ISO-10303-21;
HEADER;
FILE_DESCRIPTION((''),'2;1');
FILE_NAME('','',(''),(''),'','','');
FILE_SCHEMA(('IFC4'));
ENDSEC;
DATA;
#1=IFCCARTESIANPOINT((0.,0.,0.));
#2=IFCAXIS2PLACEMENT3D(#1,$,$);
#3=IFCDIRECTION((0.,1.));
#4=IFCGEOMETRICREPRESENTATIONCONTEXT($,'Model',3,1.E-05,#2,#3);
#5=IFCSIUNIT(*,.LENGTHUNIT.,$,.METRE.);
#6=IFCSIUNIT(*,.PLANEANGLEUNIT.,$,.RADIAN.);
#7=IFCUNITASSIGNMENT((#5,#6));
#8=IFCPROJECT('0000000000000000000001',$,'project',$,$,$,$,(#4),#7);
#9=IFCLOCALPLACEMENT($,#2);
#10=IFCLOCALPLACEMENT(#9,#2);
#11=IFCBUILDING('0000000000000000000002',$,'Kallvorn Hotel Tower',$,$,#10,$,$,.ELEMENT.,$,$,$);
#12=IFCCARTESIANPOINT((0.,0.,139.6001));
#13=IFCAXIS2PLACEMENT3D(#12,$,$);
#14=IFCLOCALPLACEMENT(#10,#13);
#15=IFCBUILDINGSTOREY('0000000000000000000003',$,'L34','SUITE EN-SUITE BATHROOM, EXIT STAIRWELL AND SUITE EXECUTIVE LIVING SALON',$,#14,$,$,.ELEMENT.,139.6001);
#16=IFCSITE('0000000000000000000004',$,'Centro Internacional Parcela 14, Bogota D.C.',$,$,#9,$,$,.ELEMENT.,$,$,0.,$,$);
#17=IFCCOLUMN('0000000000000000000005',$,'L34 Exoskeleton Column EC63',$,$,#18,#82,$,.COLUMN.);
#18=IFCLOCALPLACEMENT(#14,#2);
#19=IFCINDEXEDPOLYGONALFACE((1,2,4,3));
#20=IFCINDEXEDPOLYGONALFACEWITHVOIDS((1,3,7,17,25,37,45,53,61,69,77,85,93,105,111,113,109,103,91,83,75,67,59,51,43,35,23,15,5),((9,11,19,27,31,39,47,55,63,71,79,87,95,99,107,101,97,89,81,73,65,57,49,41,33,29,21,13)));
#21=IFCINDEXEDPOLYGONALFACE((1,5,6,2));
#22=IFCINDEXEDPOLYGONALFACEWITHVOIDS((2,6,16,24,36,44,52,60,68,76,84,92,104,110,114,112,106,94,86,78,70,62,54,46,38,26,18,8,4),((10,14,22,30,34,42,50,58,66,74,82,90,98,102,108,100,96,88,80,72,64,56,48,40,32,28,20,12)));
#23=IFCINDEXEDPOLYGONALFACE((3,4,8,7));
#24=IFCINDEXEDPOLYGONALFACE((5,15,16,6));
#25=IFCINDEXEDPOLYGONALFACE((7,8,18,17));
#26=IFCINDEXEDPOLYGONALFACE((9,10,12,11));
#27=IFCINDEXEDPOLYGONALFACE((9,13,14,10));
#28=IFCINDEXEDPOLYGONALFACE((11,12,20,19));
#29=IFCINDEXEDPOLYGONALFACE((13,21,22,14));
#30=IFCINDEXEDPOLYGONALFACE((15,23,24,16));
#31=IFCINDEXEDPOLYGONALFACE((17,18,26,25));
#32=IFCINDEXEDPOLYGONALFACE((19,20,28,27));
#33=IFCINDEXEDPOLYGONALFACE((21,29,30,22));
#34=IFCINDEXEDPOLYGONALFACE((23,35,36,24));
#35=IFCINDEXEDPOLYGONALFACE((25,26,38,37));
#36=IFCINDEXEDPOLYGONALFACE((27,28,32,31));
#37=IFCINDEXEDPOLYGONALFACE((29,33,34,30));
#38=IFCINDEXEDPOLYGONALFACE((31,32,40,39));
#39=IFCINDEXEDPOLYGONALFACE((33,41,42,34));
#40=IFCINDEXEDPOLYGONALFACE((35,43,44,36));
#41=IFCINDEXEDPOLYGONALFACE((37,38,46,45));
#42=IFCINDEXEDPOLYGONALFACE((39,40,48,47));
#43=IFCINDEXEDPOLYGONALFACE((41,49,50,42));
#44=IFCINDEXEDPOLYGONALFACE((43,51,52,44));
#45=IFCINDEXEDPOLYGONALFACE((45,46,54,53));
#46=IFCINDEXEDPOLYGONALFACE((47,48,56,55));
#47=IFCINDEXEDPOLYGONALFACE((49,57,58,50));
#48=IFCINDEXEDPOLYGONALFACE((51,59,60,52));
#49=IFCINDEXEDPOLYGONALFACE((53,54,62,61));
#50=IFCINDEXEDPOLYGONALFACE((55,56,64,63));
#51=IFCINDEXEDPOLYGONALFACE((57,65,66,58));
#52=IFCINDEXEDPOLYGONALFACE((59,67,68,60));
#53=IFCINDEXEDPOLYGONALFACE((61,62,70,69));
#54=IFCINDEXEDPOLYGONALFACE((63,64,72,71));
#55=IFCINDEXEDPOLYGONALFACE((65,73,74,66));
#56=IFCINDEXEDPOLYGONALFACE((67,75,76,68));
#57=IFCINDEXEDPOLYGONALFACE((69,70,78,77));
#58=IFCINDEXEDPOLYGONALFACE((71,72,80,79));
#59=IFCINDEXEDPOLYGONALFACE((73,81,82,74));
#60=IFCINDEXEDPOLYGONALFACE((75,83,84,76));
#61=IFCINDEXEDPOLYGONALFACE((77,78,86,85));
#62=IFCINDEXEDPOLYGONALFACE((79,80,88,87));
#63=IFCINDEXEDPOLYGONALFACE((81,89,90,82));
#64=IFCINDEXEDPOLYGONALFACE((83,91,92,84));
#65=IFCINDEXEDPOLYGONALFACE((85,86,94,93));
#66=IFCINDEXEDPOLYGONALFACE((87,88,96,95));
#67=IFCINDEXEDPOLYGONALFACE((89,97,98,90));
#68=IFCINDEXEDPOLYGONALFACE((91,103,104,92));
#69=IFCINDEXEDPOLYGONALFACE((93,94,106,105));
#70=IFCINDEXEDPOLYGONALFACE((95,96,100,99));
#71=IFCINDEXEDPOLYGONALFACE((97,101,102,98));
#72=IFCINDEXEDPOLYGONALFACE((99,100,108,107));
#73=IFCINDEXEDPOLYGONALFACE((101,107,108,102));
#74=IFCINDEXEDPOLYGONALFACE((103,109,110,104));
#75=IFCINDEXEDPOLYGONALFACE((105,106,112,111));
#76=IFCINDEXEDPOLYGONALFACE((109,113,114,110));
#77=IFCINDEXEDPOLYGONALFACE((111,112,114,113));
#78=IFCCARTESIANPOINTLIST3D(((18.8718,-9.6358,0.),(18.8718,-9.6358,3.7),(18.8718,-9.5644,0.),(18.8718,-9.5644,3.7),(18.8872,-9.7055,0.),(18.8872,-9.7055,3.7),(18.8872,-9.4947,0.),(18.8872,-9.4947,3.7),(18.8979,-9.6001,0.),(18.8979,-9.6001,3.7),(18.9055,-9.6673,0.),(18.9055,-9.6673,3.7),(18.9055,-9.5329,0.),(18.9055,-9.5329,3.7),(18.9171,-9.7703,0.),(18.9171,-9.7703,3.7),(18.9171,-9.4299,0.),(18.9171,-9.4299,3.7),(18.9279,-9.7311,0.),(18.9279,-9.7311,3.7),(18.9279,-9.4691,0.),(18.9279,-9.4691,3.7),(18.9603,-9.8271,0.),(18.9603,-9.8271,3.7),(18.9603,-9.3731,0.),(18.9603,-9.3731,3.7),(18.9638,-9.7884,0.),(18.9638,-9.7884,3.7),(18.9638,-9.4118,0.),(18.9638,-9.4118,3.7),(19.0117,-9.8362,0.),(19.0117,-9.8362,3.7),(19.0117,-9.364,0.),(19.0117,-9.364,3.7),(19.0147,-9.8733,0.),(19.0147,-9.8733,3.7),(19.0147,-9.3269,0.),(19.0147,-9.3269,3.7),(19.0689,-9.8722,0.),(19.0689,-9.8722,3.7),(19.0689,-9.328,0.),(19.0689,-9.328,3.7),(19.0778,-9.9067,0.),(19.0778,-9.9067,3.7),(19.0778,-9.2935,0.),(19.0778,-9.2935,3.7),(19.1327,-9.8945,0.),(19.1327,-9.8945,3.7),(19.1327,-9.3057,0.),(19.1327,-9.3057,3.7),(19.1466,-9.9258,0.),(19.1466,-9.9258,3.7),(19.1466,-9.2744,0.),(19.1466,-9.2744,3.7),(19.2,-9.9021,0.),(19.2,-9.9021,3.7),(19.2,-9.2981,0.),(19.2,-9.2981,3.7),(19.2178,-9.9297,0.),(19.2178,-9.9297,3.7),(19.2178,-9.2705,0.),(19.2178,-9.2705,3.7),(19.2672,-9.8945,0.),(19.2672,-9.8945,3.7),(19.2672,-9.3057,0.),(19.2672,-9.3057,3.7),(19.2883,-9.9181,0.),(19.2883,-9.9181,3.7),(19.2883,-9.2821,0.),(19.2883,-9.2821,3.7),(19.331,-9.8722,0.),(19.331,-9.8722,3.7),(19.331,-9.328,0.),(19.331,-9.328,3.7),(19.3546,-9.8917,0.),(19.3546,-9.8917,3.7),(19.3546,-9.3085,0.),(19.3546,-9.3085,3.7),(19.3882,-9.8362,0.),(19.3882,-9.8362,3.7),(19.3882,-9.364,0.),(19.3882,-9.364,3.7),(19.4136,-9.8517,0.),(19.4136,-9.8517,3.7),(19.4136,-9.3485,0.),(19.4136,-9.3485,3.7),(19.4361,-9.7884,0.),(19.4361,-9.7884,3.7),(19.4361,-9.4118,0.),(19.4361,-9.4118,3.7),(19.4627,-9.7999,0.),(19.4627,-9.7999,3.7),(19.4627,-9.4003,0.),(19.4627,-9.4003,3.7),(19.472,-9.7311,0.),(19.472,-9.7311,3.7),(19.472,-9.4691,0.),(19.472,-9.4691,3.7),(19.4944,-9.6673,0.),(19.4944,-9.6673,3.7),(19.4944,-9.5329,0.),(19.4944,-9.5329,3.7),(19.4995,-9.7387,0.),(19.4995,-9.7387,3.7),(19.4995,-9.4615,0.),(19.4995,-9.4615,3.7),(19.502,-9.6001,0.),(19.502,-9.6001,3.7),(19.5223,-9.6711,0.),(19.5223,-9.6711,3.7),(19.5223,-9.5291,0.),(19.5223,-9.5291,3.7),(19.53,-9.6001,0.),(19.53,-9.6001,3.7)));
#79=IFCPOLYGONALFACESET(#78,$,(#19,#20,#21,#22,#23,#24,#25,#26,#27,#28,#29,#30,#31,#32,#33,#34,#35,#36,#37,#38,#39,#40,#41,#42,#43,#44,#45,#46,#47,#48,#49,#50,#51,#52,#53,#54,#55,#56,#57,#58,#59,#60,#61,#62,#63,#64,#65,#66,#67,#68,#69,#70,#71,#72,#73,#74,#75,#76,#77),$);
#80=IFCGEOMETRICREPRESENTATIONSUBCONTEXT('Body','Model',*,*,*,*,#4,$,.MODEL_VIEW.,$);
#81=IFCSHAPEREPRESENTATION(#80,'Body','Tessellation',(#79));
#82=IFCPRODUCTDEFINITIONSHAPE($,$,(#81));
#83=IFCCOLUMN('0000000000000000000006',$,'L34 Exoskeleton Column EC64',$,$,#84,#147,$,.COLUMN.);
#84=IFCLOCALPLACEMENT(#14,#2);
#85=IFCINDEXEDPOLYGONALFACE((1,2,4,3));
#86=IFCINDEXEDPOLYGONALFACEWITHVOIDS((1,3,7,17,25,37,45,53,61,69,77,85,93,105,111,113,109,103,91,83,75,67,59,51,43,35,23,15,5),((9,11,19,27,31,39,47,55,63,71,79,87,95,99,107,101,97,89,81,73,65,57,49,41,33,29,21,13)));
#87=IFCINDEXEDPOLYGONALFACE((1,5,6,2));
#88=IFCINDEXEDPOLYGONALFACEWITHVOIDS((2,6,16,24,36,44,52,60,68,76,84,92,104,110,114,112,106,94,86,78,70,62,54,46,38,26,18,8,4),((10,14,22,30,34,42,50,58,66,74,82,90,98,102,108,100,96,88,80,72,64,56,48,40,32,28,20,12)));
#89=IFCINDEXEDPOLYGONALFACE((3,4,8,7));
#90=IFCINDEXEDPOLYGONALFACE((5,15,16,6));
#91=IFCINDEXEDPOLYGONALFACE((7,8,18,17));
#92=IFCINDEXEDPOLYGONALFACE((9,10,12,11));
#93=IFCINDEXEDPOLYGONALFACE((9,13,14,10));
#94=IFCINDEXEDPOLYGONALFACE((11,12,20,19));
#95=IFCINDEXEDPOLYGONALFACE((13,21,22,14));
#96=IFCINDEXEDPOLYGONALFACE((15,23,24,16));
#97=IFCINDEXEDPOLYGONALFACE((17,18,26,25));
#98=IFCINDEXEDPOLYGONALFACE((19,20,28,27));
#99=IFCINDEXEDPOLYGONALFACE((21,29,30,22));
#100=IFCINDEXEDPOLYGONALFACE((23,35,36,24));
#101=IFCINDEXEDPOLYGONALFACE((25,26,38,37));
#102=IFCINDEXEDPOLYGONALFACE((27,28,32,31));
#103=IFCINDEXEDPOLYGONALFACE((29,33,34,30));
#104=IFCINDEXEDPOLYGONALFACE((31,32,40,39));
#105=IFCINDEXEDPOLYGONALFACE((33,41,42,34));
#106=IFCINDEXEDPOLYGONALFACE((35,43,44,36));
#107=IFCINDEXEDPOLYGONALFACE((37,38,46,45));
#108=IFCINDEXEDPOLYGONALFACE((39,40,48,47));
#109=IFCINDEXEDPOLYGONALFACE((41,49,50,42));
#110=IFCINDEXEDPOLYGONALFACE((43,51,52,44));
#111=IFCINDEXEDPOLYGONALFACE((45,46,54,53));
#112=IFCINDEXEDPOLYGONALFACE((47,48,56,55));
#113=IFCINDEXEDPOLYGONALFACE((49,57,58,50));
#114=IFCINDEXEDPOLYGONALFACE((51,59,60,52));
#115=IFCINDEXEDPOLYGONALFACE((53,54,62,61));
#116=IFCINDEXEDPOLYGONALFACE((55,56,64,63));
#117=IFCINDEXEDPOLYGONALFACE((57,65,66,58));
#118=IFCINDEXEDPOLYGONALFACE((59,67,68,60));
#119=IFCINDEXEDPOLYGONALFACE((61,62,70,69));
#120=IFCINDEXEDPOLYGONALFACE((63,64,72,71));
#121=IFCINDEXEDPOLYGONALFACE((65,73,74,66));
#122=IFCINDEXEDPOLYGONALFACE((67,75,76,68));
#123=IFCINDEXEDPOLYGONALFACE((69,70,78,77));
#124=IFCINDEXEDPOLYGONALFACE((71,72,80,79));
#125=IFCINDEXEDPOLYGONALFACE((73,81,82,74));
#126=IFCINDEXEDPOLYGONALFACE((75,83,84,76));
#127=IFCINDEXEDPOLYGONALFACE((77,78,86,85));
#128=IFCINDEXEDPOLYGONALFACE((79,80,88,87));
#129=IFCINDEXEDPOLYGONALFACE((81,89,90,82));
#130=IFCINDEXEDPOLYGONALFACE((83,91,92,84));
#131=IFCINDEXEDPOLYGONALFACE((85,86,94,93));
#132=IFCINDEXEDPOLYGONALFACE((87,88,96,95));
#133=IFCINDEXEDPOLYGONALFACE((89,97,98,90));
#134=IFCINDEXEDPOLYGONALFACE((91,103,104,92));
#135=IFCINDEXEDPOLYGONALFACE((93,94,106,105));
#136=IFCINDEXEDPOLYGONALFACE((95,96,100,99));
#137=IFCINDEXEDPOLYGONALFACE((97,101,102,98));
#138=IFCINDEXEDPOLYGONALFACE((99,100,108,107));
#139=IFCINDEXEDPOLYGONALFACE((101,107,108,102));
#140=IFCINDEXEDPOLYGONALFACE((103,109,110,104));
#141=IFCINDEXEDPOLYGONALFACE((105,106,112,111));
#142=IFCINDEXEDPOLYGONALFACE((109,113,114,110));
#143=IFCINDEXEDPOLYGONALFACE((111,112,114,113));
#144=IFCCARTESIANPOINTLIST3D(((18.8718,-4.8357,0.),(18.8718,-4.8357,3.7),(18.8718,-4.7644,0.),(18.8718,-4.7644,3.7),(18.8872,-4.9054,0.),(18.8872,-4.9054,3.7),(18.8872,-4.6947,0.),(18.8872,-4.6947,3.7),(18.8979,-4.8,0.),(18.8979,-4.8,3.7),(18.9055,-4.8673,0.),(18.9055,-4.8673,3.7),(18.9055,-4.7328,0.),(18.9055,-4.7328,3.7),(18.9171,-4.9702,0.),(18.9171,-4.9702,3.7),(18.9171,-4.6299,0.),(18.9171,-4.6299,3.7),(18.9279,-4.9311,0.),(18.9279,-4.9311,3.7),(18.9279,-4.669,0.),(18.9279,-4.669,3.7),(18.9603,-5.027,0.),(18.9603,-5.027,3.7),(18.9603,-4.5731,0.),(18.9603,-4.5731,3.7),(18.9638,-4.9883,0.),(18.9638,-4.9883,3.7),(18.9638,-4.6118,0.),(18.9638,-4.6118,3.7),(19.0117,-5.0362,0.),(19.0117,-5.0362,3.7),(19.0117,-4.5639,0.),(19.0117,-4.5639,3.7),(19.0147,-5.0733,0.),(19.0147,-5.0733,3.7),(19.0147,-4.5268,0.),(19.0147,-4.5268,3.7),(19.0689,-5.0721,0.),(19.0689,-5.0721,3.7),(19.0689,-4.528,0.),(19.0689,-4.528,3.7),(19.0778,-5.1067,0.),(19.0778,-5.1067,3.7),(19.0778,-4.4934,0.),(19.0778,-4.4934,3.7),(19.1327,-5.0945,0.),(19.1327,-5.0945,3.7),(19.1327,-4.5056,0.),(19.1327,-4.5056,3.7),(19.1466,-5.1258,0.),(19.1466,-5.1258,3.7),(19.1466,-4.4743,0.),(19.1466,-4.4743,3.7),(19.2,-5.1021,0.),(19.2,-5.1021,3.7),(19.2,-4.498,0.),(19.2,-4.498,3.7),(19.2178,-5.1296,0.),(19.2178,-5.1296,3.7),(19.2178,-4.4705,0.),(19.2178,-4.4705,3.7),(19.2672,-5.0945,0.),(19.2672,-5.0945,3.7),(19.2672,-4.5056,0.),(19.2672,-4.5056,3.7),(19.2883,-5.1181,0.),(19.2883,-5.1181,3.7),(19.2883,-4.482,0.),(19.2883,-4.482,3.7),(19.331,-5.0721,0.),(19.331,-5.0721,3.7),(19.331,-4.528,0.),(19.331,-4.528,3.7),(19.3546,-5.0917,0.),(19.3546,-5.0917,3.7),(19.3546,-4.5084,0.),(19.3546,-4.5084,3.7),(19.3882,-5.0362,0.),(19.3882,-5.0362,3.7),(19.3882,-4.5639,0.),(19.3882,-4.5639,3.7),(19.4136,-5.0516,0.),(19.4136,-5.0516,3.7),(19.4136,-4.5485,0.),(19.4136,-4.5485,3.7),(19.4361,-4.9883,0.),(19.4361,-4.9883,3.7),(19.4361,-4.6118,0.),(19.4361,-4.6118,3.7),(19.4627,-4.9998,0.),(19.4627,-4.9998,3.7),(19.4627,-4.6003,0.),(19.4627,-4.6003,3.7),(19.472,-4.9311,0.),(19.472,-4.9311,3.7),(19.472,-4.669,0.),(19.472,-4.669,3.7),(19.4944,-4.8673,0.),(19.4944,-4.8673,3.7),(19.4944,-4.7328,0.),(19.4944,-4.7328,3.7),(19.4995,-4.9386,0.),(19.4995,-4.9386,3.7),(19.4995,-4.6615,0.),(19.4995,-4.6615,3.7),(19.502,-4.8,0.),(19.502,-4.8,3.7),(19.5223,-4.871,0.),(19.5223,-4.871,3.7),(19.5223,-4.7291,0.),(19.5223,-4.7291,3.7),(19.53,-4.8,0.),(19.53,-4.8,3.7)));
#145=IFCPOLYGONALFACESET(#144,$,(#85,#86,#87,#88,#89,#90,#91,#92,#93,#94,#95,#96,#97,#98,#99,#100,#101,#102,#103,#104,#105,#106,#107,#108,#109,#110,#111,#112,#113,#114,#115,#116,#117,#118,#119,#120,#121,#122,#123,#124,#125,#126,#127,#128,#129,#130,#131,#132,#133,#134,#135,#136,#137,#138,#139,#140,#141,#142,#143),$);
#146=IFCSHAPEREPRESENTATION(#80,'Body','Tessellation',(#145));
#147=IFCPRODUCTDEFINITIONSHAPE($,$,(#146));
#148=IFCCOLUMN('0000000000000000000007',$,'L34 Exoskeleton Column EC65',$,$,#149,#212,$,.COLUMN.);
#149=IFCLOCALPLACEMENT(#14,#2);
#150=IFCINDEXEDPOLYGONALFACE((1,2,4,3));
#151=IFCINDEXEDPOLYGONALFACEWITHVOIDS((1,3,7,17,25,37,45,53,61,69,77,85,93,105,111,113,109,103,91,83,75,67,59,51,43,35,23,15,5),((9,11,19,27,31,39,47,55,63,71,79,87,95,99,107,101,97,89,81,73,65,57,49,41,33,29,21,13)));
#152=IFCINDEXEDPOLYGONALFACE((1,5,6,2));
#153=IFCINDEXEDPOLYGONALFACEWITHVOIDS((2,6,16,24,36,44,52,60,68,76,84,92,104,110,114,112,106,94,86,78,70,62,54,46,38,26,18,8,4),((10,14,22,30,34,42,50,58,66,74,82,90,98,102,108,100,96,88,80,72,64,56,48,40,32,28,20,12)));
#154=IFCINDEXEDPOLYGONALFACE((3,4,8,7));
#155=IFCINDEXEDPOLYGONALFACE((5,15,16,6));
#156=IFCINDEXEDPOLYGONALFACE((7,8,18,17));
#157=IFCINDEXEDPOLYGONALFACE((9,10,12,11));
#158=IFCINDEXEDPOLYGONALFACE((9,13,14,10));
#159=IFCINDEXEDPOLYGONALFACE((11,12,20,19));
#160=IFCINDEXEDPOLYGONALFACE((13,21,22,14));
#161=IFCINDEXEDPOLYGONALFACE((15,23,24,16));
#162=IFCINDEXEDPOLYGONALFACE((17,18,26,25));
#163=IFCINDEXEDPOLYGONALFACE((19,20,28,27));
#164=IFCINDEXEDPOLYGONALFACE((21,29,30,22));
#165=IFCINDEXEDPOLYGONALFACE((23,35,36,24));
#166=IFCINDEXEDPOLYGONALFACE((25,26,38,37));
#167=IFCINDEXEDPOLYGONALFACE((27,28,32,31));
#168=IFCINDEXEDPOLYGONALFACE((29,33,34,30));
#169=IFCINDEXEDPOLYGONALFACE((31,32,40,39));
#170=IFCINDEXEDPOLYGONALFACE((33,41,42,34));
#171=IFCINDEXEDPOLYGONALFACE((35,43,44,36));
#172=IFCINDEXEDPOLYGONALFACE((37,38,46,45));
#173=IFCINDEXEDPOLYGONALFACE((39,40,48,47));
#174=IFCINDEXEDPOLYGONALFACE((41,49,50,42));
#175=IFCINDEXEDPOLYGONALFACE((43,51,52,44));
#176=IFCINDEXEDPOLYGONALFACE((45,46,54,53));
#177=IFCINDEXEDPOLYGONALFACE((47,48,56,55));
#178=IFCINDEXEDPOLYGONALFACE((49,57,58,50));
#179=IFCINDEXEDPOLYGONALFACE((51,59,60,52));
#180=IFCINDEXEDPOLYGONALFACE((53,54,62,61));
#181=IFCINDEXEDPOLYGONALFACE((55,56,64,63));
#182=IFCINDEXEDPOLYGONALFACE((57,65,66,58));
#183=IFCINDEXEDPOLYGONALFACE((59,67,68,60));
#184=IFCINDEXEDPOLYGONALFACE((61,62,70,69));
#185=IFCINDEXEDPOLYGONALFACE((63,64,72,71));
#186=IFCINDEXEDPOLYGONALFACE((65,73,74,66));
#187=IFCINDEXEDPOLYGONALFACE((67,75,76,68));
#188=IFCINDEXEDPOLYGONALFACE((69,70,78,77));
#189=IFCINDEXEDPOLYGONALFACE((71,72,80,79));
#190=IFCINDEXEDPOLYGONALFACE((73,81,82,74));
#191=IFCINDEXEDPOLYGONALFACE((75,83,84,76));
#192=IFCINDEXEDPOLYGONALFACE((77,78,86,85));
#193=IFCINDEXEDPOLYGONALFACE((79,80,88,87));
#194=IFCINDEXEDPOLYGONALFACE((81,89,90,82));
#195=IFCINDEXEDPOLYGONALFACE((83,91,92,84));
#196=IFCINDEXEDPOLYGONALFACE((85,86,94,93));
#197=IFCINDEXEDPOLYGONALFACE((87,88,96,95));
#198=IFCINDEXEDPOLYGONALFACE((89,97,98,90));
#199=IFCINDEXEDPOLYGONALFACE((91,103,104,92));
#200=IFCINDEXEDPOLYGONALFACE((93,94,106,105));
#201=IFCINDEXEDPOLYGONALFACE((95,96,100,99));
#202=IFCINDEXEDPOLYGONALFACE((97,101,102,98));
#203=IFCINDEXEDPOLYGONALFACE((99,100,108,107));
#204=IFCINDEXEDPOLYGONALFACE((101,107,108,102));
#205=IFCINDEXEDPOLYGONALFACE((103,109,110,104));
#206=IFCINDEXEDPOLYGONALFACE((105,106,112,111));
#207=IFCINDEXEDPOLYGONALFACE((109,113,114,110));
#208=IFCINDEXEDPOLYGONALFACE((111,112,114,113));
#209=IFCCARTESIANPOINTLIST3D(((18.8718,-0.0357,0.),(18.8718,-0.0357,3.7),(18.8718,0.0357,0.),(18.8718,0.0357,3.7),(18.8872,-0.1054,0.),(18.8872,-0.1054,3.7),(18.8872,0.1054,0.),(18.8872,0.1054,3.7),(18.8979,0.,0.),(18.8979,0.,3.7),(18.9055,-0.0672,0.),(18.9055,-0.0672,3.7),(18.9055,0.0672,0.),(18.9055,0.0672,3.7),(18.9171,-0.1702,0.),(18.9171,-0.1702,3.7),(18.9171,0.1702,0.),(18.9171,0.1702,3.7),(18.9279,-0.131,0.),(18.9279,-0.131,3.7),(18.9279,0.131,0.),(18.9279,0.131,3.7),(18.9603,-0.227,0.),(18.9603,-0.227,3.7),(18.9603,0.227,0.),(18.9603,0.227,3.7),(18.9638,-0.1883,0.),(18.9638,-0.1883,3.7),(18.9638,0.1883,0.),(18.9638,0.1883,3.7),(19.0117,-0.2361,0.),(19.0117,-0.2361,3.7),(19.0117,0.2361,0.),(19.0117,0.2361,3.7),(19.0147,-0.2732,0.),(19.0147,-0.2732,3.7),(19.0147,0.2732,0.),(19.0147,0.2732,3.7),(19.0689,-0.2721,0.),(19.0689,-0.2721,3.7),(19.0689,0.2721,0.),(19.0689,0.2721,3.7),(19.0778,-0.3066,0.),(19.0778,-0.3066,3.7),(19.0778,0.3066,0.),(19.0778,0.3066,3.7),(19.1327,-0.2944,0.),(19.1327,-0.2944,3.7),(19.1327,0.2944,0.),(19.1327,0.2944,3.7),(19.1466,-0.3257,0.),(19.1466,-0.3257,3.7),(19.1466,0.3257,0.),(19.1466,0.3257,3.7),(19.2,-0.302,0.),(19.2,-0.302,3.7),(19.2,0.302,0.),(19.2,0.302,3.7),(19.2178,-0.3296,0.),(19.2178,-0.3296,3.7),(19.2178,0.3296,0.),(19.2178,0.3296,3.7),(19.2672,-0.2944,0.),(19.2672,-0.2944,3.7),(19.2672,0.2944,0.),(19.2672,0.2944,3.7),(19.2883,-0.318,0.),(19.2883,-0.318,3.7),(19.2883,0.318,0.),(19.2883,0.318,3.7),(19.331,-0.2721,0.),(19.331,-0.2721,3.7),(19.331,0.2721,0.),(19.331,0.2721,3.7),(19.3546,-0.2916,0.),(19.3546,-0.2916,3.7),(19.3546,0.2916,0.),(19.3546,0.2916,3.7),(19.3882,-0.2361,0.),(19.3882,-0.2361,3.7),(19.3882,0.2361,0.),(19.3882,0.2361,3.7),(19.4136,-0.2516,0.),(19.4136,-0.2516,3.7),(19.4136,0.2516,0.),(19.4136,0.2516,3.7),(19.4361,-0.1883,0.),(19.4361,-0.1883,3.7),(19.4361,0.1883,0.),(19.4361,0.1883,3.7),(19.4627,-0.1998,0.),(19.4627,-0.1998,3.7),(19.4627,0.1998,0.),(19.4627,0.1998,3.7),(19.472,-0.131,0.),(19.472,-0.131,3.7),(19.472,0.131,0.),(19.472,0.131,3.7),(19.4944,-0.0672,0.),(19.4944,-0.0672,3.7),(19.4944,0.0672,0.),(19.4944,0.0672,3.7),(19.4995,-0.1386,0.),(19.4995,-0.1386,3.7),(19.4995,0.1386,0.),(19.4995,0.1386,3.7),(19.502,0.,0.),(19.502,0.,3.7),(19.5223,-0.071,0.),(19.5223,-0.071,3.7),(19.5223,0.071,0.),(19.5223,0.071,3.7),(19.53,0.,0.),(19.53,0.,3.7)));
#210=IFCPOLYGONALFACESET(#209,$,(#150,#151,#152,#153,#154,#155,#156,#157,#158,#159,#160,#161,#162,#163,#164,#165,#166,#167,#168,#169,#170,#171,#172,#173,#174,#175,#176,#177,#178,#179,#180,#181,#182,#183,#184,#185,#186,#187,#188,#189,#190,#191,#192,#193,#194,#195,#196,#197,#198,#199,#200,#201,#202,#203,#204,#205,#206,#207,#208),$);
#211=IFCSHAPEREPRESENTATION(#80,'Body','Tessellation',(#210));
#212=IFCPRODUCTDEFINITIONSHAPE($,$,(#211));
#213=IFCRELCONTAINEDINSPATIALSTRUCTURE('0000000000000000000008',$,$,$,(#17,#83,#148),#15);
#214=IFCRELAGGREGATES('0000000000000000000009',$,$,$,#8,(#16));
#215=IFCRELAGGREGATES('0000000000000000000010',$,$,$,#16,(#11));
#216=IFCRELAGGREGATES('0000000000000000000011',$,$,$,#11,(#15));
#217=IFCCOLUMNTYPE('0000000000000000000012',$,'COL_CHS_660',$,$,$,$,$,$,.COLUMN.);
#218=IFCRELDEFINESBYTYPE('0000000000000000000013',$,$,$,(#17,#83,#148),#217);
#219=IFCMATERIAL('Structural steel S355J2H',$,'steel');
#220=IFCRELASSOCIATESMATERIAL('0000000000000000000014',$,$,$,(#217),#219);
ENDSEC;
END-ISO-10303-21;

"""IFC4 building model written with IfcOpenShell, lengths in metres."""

from ifc_helpers import new_model, si_unit, direction, frame, origin, origin_2d, place, context, subcontext, project, spatial, hollow_circle, extrude, material, material_profile, profile_set, type_object, element, save


model = new_model("IFC4")

# Units and contexts
model_context = context("Model", 3, precision=1e-05, world=origin(), true_north=direction((0.0, 1.0)))
body_context = subcontext(model_context, "Body", "Model", "MODEL_VIEW")
ifc_project = project(units=[si_unit("LENGTHUNIT", "METRE"), si_unit("PLANEANGLEUNIT", "RADIAN")], contexts=[model_context])

# Site, building, storey
site_placement = place(None, origin())
site = spatial("IfcSite", under=ifc_project, at=site_placement, Name="Centro Internacional Parcela 14, Bogota D.C.", CompositionType="ELEMENT", RefElevation=0.0)
building_placement = place(site_placement, origin())
building = spatial("IfcBuilding", under=site, at=building_placement, Name="Kallvorn Hotel Tower", CompositionType="ELEMENT")
storey_placement = place(building_placement, frame((0.0, 0.0, 139.6001)))
storey = spatial("IfcBuildingStorey", under=building, at=storey_placement, Name="L34", Description="SUITE EN-SUITE BATHROOM, EXIT STAIRWELL AND SUITE EXECUTIVE LIVING SALON", CompositionType="ELEMENT", Elevation=139.6001)

# Columns
ifc_material_1 = material(Name="Structural steel S355J2H", Category="steel")
ifc_material_profile_1 = material_profile(ifc_material_1, hollow_circle(Radius=0.3301, WallThickness=0.0281, at=origin_2d()), Name="CHS 660x28")
ifc_profile_set_1 = profile_set([ifc_material_profile_1], Name="Structural steel S355J2H")
column_type_1 = type_object("IfcColumnType", Name="COL_CHS_660", PredefinedType="COLUMN", material=ifc_profile_set_1)
for number, where, z_axis, x_axis, name in (
    (1, (19.2, -9.6001, 0.0), (0.0, 0.0, 1.0), (1.0, 0.0, 0.0), "L34 Exoskeleton Column EC63"),
    (2, (19.2, -4.8, 0.0), (0.0, 0.0, 1.0), (1.0, 0.0, 0.0), "L34 Exoskeleton Column EC64"),
    (3, (19.2, 0.0, 0.0), (0.0, 0.0, 1.0), (1.0, 0.0, 0.0), "L34 Exoskeleton Column EC65"),
):
    element("IfcColumn", number, at=place(storey_placement, frame(where, z_axis=z_axis, x_axis=x_axis)), inside=storey, type_object=column_type_1, Name=name, PredefinedType="COLUMN", context=body_context, shape_type="SweptSolid", body=[
        extrude(hollow_circle(Radius=0.3301, WallThickness=0.0281, at=origin_2d()), origin(), (0.0, 0.0, 1.0), 3.7),
    ])

save(model, "model.ifc")
